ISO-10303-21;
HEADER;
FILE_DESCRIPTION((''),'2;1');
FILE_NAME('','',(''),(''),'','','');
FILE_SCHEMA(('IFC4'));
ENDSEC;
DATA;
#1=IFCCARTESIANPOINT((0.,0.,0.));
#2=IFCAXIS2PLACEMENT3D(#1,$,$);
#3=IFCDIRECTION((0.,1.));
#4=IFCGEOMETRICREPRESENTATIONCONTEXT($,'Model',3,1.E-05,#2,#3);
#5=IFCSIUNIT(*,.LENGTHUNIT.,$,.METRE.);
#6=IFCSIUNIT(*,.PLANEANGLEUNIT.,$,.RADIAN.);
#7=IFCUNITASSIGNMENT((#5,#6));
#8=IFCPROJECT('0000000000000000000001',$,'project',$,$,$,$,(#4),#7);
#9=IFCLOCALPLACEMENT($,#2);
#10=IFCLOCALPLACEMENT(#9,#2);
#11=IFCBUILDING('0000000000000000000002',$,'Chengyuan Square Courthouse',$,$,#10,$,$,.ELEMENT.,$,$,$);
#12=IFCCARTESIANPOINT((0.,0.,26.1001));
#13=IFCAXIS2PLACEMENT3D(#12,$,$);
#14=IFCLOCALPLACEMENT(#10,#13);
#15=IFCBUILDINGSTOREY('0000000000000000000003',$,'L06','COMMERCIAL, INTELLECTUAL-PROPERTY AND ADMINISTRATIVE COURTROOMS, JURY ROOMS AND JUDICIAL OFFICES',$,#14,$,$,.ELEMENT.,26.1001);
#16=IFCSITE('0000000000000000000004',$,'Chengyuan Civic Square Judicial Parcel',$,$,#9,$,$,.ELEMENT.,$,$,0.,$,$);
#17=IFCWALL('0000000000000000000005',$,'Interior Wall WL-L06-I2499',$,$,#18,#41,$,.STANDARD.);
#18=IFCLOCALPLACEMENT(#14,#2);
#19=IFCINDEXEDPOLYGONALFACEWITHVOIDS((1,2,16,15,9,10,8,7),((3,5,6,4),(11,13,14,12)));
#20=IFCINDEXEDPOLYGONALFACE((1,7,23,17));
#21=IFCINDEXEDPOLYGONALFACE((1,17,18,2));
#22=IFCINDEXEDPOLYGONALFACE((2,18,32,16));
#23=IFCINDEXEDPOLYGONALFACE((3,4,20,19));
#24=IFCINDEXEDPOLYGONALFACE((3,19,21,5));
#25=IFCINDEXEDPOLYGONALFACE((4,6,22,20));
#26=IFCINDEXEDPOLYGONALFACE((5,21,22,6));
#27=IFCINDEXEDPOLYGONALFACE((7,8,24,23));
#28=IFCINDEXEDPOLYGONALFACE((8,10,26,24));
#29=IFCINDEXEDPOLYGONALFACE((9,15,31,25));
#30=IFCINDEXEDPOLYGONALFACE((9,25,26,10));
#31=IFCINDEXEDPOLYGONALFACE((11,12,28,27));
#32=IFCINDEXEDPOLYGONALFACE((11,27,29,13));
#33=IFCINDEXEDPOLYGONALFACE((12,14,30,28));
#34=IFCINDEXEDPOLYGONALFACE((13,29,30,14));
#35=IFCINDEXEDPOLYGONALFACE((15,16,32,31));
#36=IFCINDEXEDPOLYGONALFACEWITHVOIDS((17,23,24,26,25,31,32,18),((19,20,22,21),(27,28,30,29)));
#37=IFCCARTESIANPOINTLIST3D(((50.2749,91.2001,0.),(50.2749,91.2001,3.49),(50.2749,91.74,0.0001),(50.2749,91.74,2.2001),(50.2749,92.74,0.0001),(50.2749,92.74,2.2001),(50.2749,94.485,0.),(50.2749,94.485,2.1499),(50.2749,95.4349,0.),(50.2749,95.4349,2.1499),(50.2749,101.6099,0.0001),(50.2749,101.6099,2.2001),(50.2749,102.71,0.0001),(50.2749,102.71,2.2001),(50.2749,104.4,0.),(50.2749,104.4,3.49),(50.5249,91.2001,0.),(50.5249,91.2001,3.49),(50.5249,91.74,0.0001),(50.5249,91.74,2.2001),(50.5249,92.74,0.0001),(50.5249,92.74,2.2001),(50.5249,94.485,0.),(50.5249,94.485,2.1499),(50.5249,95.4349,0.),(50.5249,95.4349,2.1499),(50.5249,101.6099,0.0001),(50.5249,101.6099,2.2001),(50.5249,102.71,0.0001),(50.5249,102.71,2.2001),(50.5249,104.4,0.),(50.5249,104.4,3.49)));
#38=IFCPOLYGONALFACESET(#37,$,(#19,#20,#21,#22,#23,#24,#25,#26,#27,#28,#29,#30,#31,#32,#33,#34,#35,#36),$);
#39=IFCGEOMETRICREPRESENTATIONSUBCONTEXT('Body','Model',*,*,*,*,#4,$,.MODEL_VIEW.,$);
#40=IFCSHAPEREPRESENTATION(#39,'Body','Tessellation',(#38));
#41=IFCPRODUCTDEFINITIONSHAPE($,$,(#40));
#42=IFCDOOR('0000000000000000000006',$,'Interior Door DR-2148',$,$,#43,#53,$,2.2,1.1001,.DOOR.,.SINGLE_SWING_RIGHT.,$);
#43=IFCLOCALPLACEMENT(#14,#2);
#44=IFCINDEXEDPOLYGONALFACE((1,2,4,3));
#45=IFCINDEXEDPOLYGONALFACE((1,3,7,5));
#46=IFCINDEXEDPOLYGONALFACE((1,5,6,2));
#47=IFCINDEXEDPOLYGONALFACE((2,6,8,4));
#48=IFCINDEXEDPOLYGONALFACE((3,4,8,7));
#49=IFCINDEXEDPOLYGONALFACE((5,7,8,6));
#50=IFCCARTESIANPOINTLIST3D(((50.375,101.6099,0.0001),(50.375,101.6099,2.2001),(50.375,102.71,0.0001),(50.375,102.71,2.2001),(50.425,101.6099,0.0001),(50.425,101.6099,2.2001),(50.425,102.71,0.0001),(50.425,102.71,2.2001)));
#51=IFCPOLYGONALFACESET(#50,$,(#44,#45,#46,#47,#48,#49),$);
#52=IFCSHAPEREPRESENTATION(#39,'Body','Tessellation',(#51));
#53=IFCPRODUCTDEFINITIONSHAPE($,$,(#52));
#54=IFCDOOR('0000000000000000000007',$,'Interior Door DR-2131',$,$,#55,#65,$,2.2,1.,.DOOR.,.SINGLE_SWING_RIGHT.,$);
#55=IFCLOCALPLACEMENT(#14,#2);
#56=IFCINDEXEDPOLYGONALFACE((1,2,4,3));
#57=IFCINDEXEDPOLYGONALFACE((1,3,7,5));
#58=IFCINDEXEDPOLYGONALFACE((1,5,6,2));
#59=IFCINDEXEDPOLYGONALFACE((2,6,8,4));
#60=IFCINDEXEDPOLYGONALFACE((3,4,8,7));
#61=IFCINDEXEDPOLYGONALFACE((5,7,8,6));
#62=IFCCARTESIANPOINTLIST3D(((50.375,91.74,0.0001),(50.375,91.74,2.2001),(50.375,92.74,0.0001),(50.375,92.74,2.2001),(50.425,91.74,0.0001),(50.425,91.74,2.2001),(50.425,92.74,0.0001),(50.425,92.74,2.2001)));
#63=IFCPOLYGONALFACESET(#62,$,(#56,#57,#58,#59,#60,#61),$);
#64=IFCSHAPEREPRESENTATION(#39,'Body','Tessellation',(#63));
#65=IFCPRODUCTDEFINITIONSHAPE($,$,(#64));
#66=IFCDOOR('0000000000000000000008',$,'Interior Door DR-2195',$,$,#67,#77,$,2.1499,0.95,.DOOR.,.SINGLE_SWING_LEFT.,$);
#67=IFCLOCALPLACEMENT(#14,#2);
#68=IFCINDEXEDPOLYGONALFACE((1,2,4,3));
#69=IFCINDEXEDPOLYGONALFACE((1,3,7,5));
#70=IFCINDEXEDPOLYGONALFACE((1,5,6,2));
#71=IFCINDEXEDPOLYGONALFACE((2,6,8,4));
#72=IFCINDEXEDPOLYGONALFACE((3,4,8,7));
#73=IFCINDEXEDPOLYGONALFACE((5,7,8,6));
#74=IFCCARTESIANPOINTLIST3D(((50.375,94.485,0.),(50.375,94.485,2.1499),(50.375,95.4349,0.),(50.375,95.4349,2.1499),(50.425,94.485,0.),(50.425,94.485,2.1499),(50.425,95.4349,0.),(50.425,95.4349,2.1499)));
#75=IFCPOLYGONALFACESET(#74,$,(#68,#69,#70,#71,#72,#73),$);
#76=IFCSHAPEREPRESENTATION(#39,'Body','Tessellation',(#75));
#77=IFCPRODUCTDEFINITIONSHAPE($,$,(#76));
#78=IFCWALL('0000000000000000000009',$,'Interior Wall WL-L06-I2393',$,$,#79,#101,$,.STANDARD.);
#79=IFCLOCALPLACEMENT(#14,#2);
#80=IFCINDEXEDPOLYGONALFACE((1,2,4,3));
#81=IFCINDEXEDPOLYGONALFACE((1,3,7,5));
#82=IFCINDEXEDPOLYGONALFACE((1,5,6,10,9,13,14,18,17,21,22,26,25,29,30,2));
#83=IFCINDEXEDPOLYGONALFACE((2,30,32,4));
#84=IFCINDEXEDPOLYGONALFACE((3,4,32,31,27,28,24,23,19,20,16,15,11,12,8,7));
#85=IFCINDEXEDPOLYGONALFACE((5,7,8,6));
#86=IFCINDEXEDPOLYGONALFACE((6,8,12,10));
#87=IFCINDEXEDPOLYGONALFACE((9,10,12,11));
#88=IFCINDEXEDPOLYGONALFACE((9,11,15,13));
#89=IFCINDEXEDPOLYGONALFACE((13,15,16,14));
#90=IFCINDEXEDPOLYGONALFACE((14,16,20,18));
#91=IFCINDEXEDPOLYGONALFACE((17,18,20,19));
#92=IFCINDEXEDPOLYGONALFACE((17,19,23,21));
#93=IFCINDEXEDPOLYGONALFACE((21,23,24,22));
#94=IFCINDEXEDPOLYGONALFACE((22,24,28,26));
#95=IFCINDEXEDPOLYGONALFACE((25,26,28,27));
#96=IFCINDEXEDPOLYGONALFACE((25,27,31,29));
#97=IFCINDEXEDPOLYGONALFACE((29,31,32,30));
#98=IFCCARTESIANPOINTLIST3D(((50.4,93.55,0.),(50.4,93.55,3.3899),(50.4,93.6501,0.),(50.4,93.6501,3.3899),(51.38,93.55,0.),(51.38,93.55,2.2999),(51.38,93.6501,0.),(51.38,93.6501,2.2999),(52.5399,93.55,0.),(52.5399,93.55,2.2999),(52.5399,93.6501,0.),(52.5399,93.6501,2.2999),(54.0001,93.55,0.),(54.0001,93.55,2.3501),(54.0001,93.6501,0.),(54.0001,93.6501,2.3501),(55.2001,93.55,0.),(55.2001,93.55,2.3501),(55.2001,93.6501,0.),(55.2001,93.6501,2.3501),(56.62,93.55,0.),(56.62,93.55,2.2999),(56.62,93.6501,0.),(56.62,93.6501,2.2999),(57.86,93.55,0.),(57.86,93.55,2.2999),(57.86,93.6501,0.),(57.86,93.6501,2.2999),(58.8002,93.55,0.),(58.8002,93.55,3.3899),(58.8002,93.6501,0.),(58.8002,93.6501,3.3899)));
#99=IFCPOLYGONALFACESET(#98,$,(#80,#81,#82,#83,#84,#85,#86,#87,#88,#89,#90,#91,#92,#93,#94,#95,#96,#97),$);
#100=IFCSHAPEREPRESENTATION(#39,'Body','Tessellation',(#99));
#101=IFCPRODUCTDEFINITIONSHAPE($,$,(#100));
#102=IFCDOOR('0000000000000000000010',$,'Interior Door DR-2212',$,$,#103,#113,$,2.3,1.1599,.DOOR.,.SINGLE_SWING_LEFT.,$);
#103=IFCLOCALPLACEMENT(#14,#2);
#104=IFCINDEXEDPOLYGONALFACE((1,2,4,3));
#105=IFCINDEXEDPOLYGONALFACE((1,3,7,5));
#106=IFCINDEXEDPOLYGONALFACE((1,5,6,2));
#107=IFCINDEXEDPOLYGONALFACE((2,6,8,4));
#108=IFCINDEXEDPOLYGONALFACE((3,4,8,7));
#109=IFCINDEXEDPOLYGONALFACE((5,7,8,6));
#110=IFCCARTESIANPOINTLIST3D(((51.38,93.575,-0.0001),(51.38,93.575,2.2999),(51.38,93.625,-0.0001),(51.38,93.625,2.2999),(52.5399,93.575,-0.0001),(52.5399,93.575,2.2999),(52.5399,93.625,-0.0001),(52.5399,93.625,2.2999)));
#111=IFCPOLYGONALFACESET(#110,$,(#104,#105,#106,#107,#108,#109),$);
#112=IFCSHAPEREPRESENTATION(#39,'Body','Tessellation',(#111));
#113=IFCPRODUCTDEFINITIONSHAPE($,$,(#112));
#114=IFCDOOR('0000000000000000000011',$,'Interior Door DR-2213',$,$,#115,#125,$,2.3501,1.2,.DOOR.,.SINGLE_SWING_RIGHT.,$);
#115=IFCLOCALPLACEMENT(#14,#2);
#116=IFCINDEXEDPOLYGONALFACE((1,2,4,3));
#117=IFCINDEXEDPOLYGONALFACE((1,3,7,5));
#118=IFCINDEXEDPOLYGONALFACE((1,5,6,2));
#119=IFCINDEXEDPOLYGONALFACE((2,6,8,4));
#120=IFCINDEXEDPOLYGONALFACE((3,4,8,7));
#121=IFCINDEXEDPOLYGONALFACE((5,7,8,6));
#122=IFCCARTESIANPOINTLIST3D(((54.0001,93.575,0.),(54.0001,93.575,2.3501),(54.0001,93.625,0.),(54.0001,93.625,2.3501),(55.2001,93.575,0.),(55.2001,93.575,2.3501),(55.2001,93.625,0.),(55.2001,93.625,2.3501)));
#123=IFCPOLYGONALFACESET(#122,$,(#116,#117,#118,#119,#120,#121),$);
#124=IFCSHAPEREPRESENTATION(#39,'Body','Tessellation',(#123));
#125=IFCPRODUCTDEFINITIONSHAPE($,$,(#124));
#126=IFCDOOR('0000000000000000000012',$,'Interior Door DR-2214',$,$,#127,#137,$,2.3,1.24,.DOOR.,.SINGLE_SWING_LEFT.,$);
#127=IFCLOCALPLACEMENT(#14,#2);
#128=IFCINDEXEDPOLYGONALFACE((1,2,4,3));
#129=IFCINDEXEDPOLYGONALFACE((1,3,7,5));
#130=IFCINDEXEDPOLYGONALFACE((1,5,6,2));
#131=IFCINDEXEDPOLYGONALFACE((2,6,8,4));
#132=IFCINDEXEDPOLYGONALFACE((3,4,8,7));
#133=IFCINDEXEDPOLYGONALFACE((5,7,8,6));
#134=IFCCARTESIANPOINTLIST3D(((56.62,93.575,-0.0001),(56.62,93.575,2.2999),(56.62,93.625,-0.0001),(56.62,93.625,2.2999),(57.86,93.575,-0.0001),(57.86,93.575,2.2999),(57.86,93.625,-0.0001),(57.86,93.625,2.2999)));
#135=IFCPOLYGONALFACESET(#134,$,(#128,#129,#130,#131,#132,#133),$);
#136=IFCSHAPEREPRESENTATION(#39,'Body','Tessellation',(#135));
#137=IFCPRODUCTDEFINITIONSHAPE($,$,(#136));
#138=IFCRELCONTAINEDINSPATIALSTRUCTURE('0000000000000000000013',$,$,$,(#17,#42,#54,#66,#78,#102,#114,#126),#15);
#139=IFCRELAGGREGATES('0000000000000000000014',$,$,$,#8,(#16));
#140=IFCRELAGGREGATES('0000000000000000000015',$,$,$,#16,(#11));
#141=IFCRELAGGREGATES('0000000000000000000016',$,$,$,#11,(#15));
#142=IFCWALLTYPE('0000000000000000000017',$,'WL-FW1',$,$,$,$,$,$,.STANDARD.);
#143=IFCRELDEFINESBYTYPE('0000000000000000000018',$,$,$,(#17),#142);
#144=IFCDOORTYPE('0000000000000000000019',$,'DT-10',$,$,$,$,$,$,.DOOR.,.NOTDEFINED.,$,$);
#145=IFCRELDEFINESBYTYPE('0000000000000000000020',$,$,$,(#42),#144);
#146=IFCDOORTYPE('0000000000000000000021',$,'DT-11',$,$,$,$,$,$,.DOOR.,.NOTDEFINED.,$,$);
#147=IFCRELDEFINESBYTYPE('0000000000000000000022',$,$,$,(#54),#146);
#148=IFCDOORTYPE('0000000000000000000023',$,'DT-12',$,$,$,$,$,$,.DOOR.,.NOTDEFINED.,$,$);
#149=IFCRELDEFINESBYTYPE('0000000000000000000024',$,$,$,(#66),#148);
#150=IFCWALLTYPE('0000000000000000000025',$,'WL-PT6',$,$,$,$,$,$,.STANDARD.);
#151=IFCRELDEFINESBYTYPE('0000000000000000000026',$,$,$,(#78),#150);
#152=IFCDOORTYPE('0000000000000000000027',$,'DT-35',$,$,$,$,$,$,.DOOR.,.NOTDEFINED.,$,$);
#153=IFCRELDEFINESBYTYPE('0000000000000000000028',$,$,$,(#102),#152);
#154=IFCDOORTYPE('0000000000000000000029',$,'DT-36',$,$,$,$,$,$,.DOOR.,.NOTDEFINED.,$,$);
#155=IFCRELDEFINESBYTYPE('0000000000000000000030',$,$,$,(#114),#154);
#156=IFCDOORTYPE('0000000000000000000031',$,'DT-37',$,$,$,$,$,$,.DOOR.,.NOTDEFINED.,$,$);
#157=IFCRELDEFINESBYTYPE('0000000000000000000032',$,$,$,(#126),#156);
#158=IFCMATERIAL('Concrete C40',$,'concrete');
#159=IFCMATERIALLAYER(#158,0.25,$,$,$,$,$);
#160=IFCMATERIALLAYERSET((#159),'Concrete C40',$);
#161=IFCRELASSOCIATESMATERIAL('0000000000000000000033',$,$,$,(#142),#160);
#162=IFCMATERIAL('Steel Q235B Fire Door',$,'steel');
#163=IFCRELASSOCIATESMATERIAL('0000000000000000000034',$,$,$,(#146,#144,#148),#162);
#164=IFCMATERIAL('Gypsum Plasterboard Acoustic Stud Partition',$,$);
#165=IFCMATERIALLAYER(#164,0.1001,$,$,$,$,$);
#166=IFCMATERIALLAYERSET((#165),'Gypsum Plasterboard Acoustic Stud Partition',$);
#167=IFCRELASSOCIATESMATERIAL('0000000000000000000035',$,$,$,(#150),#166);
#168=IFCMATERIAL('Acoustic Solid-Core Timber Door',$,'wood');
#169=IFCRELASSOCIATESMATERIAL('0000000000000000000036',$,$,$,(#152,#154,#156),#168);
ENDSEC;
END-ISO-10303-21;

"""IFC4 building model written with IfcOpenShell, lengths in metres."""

from ifc_helpers import new_model, si_unit, direction, frame, frame_2d, origin, place, context, subcontext, project, spatial, rectangle, extrude, material, layer, layer_set, type_object, element, fill, save


model = new_model("IFC4")

# Units and contexts
model_context = context("Model", 3, precision=1e-05, world=origin(), true_north=direction((0.0, 1.0)))
body_context = subcontext(model_context, "Body", "Model", "MODEL_VIEW")
ifc_project = project(units=[si_unit("LENGTHUNIT", "METRE"), si_unit("PLANEANGLEUNIT", "RADIAN")], contexts=[model_context])

# Site, building, storey
site_placement = place(None, origin())
site = spatial("IfcSite", under=ifc_project, at=site_placement, Name="Chengyuan Civic Square Judicial Parcel", CompositionType="ELEMENT", RefElevation=0.0)
building_placement = place(site_placement, origin())
building = spatial("IfcBuilding", under=site, at=building_placement, Name="Chengyuan Square Courthouse", CompositionType="ELEMENT")
storey_placement = place(building_placement, frame((0.0, 0.0, 26.1001)))
storey = spatial("IfcBuildingStorey", under=building, at=storey_placement, Name="L06", Description="COMMERCIAL, INTELLECTUAL-PROPERTY AND ADMINISTRATIVE COURTROOMS, JURY ROOMS AND JUDICIAL OFFICES", CompositionType="ELEMENT", Elevation=26.1001)

# Shared definitions
ifc_material_1 = material(Name="Concrete C40", Category="concrete")

# Shared definitions
ifc_layer_1 = layer(ifc_material_1, 0.25)
ifc_layer_set_1 = layer_set([ifc_layer_1], Name="Concrete C40")
wall_type_1 = type_object("IfcWallType", Name="WL-FW1", PredefinedType="STANDARD", material=ifc_layer_set_1)
ifc_material_2 = material(Name="Steel Q235B Fire Door", Category="steel")
door_type_1 = type_object("IfcDoorType", Name="DT-11", OperationType="NOTDEFINED", PredefinedType="DOOR", material=ifc_material_2)
door_type_2 = type_object("IfcDoorType", Name="DT-10", OperationType="NOTDEFINED", PredefinedType="DOOR", material=ifc_material_2)

# Walls, openings, doors
wall_1_placement = place(storey_placement, frame((50.3999, 91.2, 0.0), z_axis=(0.0, 0.0, 1.0), x_axis=(0.0, 1.0, 0.0)))
wall_1 = element("IfcWall", 1, at=wall_1_placement, inside=storey, type_object=wall_type_1, Name="Interior Wall WL-L06-I2499", PredefinedType="STANDARD", context=body_context, shape_type="SweptSolid", body=[
    extrude(rectangle(XDim=13.2, YDim=0.25, at=frame_2d((6.6001, 0.0))), origin(), (0.0, 0.0, 1.0), 3.49),
])
opening_1_placement = place(wall_1_placement, frame((0.54, 0.0, 0.0)))
opening_1 = element("IfcOpeningElement", 2, at=opening_1_placement, cuts=wall_1, PredefinedType="OPENING", context=body_context, shape_type="SweptSolid", body=[
    extrude(rectangle(XDim=1.0, YDim=2.2, at=frame_2d((0.5, 1.1001))), frame((0.0, 0.137, 0.0), z_axis=(0.0, -1.0, 0.0), x_axis=(1.0, 0.0, 0.0)), (0.0, 0.0, 1.0), 0.2739),
])
opening_2_placement = place(wall_1_placement, frame((10.4099, 0.0, 0.0)))
opening_2 = element("IfcOpeningElement", 3, at=opening_2_placement, cuts=wall_1, PredefinedType="OPENING", context=body_context, shape_type="SweptSolid", body=[
    extrude(rectangle(XDim=1.1001, YDim=2.2, at=frame_2d((0.55, 1.1001))), frame((0.0, 0.137, 0.0), z_axis=(0.0, -1.0, 0.0), x_axis=(1.0, 0.0, 0.0)), (0.0, 0.0, 1.0), 0.2739),
])
opening_3_placement = place(wall_1_placement, frame((3.2849, 0.0, 0.0)))
opening_3 = element("IfcOpeningElement", 4, at=opening_3_placement, cuts=wall_1, PredefinedType="OPENING", context=body_context, shape_type="SweptSolid", body=[
    extrude(rectangle(XDim=0.95, YDim=2.1499, at=frame_2d((0.4751, 1.075))), frame((0.0, 0.137, 0.0), z_axis=(0.0, -1.0, 0.0), x_axis=(1.0, 0.0, 0.0)), (0.0, 0.0, 1.0), 0.2739),
])
door_1_placement = place(opening_2_placement, origin())
door_1 = element("IfcDoor", 5, at=door_1_placement, inside=storey, type_object=door_type_2, Name="Interior Door DR-2148", OperationType="SINGLE_SWING_RIGHT", OverallHeight=2.2, OverallWidth=1.1001, PredefinedType="DOOR", context=body_context, shape_type="SweptSolid", body=[
    extrude(rectangle(XDim=1.1001, YDim=2.2, at=frame_2d((0.55, 1.1001))), frame((0.0, 0.0249, 0.0), z_axis=(0.0, -1.0, 0.0), x_axis=(1.0, 0.0, 0.0)), (0.0, 0.0, 1.0), 0.05),
])
fill(opening_2, door_1)
door_2_placement = place(opening_1_placement, origin())
door_2 = element("IfcDoor", 6, at=door_2_placement, inside=storey, type_object=door_type_1, Name="Interior Door DR-2131", OperationType="SINGLE_SWING_RIGHT", OverallHeight=2.2, OverallWidth=1.0, PredefinedType="DOOR", context=body_context, shape_type="SweptSolid", body=[
    extrude(rectangle(XDim=1.0, YDim=2.2, at=frame_2d((0.5, 1.1001))), frame((0.0, 0.0249, 0.0), z_axis=(0.0, -1.0, 0.0), x_axis=(1.0, 0.0, 0.0)), (0.0, 0.0, 1.0), 0.05),
])
fill(opening_1, door_2)
door_type_3 = type_object("IfcDoorType", Name="DT-12", OperationType="NOTDEFINED", PredefinedType="DOOR", material=ifc_material_2)
door_3_placement = place(opening_3_placement, origin())
door_3 = element("IfcDoor", 7, at=door_3_placement, inside=storey, type_object=door_type_3, Name="Interior Door DR-2195", OperationType="SINGLE_SWING_LEFT", OverallHeight=2.1499, OverallWidth=0.95, PredefinedType="DOOR", context=body_context, shape_type="SweptSolid", body=[
    extrude(rectangle(XDim=0.95, YDim=2.1499, at=frame_2d((0.4751, 1.075))), frame((0.0, 0.0249, 0.0), z_axis=(0.0, -1.0, 0.0), x_axis=(1.0, 0.0, 0.0)), (0.0, 0.0, 1.0), 0.05),
])
fill(opening_3, door_3)
ifc_material_3 = material(Name="Gypsum Plasterboard Acoustic Stud Partition")
ifc_layer_2 = layer(ifc_material_3, 0.1001)
ifc_layer_set_2 = layer_set([ifc_layer_2], Name="Gypsum Plasterboard Acoustic Stud Partition")
wall_type_2 = type_object("IfcWallType", Name="WL-PT6", PredefinedType="STANDARD", material=ifc_layer_set_2)
wall_2_placement = place(storey_placement, frame((50.3999, 93.6001, 0.0), z_axis=(0.0, 0.0, 1.0), x_axis=(1.0, 0.0, 0.0)))
wall_2 = element("IfcWall", 8, at=wall_2_placement, inside=storey, type_object=wall_type_2, Name="Interior Wall WL-L06-I2393", PredefinedType="STANDARD", context=body_context, shape_type="SweptSolid", body=[
    extrude(rectangle(XDim=8.4001, YDim=0.1001, at=frame_2d((4.2002, 0.0))), origin(), (0.0, 0.0, 1.0), 3.3899),
])
opening_4_placement = place(wall_2_placement, frame((0.98, 0.0, 0.0)))
opening_4 = element("IfcOpeningElement", 9, at=opening_4_placement, cuts=wall_2, PredefinedType="OPENING", context=body_context, shape_type="SweptSolid", body=[
    extrude(rectangle(XDim=1.1599, YDim=2.3, at=frame_2d((0.5801, 1.1499))), frame((0.0, 0.062, 0.0), z_axis=(0.0, -1.0, 0.0), x_axis=(1.0, 0.0, 0.0)), (0.0, 0.0, 1.0), 0.124),
])
opening_5_placement = place(wall_2_placement, frame((3.6001, 0.0, 0.0)))
opening_5 = element("IfcOpeningElement", 10, at=opening_5_placement, cuts=wall_2, PredefinedType="OPENING", context=body_context, shape_type="SweptSolid", body=[
    extrude(rectangle(XDim=1.2, YDim=2.3501, at=frame_2d((0.6001, 1.175))), frame((0.0, 0.062, 0.0), z_axis=(0.0, -1.0, 0.0), x_axis=(1.0, 0.0, 0.0)), (0.0, 0.0, 1.0), 0.124),
])
opening_6_placement = place(wall_2_placement, frame((6.22, 0.0, 0.0)))
opening_6 = element("IfcOpeningElement", 11, at=opening_6_placement, cuts=wall_2, PredefinedType="OPENING", context=body_context, shape_type="SweptSolid", body=[
    extrude(rectangle(XDim=1.24, YDim=2.3, at=frame_2d((0.6201, 1.1499))), frame((0.0, 0.062, 0.0), z_axis=(0.0, -1.0, 0.0), x_axis=(1.0, 0.0, 0.0)), (0.0, 0.0, 1.0), 0.124),
])
ifc_material_4 = material(Name="Acoustic Solid-Core Timber Door", Category="wood")
door_type_4 = type_object("IfcDoorType", Name="DT-35", OperationType="NOTDEFINED", PredefinedType="DOOR", material=ifc_material_4)
door_4_placement = place(opening_4_placement, origin())
door_4 = element("IfcDoor", 12, at=door_4_placement, inside=storey, type_object=door_type_4, Name="Interior Door DR-2212", OperationType="SINGLE_SWING_LEFT", OverallHeight=2.3, OverallWidth=1.1599, PredefinedType="DOOR", context=body_context, shape_type="SweptSolid", body=[
    extrude(rectangle(XDim=1.1599, YDim=2.3, at=frame_2d((0.5801, 1.1499))), frame((0.0, 0.0249, 0.0), z_axis=(0.0, -1.0, 0.0), x_axis=(1.0, 0.0, 0.0)), (0.0, 0.0, 1.0), 0.05),
])
fill(opening_4, door_4)
door_type_5 = type_object("IfcDoorType", Name="DT-36", OperationType="NOTDEFINED", PredefinedType="DOOR", material=ifc_material_4)
door_5_placement = place(opening_5_placement, origin())
door_5 = element("IfcDoor", 13, at=door_5_placement, inside=storey, type_object=door_type_5, Name="Interior Door DR-2213", OperationType="SINGLE_SWING_RIGHT", OverallHeight=2.3501, OverallWidth=1.2, PredefinedType="DOOR", context=body_context, shape_type="SweptSolid", body=[
    extrude(rectangle(XDim=1.2, YDim=2.3501, at=frame_2d((0.6001, 1.175))), frame((0.0, 0.0249, 0.0), z_axis=(0.0, -1.0, 0.0), x_axis=(1.0, 0.0, 0.0)), (0.0, 0.0, 1.0), 0.05),
])
fill(opening_5, door_5)
door_type_6 = type_object("IfcDoorType", Name="DT-37", OperationType="NOTDEFINED", PredefinedType="DOOR", material=ifc_material_4)
door_6_placement = place(opening_6_placement, origin())
door_6 = element("IfcDoor", 14, at=door_6_placement, inside=storey, type_object=door_type_6, Name="Interior Door DR-2214", OperationType="SINGLE_SWING_LEFT", OverallHeight=2.3, OverallWidth=1.24, PredefinedType="DOOR", context=body_context, shape_type="SweptSolid", body=[
    extrude(rectangle(XDim=1.24, YDim=2.3, at=frame_2d((0.6201, 1.1499))), frame((0.0, 0.0249, 0.0), z_axis=(0.0, -1.0, 0.0), x_axis=(1.0, 0.0, 0.0)), (0.0, 0.0, 1.0), 0.05),
])
fill(opening_6, door_6)

save(model, "model.ifc")
